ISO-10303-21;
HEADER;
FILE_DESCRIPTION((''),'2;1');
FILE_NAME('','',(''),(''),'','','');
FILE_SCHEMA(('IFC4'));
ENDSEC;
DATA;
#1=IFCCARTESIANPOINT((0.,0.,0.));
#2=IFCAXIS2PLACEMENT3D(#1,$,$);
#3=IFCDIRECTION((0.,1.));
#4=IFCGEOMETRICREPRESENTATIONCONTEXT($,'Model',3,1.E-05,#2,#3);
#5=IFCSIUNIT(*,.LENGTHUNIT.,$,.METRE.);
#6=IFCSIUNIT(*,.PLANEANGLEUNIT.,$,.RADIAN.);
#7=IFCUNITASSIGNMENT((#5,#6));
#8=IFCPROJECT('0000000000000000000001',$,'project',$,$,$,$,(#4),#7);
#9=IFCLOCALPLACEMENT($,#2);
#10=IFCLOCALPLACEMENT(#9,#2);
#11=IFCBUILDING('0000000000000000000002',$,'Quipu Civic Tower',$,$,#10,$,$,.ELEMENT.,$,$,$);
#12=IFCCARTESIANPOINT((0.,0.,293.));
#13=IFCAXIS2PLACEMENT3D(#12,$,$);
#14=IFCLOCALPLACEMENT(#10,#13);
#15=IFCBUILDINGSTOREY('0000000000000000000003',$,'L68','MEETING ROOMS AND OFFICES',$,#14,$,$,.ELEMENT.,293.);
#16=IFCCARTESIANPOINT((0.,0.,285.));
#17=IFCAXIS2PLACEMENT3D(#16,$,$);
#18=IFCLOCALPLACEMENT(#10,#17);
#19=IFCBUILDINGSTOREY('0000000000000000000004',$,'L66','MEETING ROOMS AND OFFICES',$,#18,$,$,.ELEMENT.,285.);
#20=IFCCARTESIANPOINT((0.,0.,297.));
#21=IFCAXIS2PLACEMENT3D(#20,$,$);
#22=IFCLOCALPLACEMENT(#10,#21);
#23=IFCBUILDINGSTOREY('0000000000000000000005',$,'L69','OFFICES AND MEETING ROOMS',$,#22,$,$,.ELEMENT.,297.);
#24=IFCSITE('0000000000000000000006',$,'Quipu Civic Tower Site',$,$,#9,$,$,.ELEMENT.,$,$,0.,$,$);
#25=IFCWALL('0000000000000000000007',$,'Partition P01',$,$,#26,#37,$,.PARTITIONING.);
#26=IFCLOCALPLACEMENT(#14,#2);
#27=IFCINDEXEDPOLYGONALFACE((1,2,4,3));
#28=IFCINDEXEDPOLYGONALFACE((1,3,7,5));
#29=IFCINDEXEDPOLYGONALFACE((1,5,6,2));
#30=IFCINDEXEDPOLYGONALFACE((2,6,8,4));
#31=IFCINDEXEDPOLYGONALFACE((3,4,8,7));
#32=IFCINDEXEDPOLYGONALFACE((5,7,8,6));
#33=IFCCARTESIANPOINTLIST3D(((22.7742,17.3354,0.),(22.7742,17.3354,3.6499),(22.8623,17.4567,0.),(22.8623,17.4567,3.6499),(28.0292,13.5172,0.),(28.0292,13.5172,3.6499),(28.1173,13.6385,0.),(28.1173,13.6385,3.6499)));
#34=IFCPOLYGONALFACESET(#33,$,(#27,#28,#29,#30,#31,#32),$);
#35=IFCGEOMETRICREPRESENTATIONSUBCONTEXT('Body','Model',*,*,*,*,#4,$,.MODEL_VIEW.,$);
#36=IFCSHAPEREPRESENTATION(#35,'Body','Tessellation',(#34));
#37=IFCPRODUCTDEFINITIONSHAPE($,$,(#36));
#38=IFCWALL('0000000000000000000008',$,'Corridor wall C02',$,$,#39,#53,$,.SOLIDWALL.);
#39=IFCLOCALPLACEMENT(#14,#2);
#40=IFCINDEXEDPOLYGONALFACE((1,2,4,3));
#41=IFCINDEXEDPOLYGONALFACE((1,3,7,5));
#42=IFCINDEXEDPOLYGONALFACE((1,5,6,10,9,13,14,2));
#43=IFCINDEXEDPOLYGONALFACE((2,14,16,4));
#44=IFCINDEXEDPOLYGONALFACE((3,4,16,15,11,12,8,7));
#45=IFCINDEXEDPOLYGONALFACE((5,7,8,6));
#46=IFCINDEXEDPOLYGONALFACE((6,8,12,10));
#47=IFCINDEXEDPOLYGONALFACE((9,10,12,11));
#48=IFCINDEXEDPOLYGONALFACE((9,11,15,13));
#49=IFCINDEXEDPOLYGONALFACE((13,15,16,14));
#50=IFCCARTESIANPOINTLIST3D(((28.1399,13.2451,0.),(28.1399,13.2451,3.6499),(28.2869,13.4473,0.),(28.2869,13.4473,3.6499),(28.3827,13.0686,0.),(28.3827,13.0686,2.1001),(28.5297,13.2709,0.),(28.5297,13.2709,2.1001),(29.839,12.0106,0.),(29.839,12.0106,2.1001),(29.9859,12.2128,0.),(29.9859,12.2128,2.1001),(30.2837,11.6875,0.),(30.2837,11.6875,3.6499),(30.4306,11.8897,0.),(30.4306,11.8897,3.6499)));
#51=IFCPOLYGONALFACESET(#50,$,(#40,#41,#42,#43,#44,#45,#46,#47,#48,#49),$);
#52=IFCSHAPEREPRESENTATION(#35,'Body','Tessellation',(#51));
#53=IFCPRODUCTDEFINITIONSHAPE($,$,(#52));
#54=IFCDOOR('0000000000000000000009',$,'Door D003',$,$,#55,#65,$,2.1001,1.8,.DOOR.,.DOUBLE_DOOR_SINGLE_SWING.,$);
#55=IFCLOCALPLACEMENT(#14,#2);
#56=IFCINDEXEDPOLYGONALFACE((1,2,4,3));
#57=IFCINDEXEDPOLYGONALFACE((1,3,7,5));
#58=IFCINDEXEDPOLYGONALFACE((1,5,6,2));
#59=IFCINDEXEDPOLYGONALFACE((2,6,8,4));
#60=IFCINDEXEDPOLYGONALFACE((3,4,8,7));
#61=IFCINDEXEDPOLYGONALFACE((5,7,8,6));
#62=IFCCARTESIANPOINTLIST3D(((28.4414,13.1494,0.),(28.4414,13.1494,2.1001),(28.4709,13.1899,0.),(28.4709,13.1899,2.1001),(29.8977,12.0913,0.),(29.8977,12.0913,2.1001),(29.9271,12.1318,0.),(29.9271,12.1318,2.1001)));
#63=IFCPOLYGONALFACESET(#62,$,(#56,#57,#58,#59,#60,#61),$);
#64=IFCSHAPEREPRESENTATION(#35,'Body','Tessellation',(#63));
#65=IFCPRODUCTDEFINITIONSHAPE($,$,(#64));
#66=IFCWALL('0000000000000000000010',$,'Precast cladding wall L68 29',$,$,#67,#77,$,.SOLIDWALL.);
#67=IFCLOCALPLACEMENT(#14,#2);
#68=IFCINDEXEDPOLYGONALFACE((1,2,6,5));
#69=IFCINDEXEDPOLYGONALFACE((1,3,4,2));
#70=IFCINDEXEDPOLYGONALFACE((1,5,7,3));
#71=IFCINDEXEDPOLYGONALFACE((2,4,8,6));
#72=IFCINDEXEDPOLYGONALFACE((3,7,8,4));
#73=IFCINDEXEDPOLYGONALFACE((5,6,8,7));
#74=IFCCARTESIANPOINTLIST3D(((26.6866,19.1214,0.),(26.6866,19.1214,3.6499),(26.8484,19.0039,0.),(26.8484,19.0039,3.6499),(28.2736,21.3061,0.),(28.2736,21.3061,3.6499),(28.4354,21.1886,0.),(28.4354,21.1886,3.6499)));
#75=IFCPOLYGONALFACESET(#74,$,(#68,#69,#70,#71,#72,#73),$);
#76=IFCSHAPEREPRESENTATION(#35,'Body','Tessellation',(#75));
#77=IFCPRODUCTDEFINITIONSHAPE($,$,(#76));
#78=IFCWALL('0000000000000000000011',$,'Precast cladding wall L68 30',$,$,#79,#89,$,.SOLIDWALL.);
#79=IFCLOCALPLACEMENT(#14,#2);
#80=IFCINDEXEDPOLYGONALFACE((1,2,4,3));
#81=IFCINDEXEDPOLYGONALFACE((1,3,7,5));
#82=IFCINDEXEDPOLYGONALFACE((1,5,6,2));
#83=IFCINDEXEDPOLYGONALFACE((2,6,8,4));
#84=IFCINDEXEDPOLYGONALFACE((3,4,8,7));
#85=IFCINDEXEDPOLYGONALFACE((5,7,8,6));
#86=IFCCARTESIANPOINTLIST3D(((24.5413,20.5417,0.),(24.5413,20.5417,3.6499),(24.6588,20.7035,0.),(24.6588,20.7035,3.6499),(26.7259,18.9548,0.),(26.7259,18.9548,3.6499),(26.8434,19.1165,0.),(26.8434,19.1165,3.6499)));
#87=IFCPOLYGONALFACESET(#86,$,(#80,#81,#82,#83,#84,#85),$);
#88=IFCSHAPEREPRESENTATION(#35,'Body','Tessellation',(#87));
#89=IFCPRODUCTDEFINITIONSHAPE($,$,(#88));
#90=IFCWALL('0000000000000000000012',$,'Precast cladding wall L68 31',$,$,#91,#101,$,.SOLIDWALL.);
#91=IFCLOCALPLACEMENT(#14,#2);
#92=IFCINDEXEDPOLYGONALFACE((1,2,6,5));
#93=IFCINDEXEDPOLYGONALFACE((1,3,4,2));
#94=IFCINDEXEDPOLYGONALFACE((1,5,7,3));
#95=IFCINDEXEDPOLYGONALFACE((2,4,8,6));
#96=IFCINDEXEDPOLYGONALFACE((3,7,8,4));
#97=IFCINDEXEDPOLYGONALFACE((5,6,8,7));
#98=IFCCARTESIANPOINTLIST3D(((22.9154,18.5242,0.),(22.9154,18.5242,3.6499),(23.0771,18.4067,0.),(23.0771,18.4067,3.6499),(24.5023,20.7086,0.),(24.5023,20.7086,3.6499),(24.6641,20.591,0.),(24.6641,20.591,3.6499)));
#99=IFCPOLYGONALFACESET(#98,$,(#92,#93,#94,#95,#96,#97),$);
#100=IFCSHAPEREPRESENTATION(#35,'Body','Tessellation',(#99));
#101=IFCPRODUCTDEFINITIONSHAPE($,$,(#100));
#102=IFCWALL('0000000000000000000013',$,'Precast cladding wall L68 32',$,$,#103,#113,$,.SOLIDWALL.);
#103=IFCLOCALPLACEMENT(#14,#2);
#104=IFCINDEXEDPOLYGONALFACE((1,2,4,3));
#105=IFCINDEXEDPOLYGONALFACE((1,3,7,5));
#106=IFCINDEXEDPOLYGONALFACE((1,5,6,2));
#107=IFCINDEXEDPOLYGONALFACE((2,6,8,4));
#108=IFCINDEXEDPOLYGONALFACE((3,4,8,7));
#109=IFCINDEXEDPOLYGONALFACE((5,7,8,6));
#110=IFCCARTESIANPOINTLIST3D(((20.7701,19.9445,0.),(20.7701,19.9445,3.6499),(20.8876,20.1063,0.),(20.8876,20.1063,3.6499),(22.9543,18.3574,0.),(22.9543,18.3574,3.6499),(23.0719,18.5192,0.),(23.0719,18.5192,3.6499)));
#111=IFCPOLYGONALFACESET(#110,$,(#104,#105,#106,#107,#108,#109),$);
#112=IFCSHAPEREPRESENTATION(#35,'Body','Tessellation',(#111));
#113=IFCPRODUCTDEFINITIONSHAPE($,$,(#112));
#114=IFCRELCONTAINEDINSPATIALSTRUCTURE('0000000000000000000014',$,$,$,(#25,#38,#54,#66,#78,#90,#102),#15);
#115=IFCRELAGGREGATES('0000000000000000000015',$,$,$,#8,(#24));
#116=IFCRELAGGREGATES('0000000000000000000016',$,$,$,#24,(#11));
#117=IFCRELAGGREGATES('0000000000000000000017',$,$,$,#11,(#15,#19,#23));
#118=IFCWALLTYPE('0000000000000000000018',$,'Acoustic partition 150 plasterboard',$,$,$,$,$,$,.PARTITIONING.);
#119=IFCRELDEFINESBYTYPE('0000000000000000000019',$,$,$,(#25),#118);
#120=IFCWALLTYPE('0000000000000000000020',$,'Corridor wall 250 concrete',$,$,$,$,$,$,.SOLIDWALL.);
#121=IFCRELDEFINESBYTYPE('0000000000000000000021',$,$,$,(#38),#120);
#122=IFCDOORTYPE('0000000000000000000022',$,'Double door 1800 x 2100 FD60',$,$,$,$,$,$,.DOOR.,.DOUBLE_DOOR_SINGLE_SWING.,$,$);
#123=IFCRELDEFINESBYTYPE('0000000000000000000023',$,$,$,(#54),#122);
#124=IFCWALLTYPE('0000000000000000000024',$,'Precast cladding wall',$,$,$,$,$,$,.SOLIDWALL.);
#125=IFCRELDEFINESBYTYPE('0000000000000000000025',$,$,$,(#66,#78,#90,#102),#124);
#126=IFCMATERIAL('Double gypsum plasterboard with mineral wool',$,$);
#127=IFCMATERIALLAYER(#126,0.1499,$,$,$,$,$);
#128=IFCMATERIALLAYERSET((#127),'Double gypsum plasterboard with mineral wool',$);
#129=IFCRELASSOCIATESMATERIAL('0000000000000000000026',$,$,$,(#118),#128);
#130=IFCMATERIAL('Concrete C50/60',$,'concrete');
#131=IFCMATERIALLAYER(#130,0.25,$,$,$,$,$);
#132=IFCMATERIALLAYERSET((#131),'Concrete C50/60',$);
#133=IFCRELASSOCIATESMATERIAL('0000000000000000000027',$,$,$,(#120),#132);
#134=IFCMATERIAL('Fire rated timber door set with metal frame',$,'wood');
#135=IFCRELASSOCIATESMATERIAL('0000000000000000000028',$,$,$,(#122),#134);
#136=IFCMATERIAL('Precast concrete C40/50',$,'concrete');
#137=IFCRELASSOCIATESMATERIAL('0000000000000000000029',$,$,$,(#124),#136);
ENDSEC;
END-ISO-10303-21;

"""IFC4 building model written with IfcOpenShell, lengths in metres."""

from ifc_helpers import new_model, si_unit, direction, frame, frame_2d, origin, place, context, subcontext, project, spatial, rectangle, extrude, material, layer, layer_set, type_object, element, fill, save


model = new_model("IFC4")

# Units and contexts
model_context = context("Model", 3, precision=1e-05, world=origin(), true_north=direction((0.0, 1.0)))
body_context = subcontext(model_context, "Body", "Model", "MODEL_VIEW")
ifc_project = project(units=[si_unit("LENGTHUNIT", "METRE"), si_unit("PLANEANGLEUNIT", "RADIAN")], contexts=[model_context])

# Site, building, storey
site_placement = place(None, origin())
site = spatial("IfcSite", under=ifc_project, at=site_placement, Name="Quipu Civic Tower Site", CompositionType="ELEMENT", RefElevation=0.0)
building_placement = place(site_placement, origin())
building = spatial("IfcBuilding", under=site, at=building_placement, Name="Quipu Civic Tower", CompositionType="ELEMENT")
storey_1_placement = place(building_placement, frame((0.0, 0.0, 293.0)))
storey_1 = spatial("IfcBuildingStorey", under=building, at=storey_1_placement, Name="L68", Description="MEETING ROOMS AND OFFICES", CompositionType="ELEMENT", Elevation=293.0)

# Shared definitions
storey_2_placement = place(building_placement, frame((0.0, 0.0, 285.0)))
storey_2 = spatial("IfcBuildingStorey", under=building, at=storey_2_placement, Name="L66", Description="MEETING ROOMS AND OFFICES", CompositionType="ELEMENT", Elevation=285.0)

# Shared definitions
storey_3_placement = place(building_placement, frame((0.0, 0.0, 297.0)))
storey_3 = spatial("IfcBuildingStorey", under=building, at=storey_3_placement, Name="L69", Description="OFFICES AND MEETING ROOMS", CompositionType="ELEMENT", Elevation=297.0)

# Wall
ifc_material_1 = material(Name="Double gypsum plasterboard with mineral wool")
ifc_layer_1 = layer(ifc_material_1, 0.1499)
ifc_layer_set_1 = layer_set([ifc_layer_1], Name="Double gypsum plasterboard with mineral wool")
wall_type_1 = type_object("IfcWallType", Name="Acoustic partition 150 plasterboard", PredefinedType="PARTITIONING", material=ifc_layer_set_1)
wall_1_placement = place(storey_1_placement, frame((28.0732, 13.5779, 0.0), z_axis=(0.0, 0.0, 1.0), x_axis=(-0.809001, 0.587807, 0.0)))
element("IfcWall", 1, at=wall_1_placement, inside=storey_1, type_object=wall_type_1, Name="Partition P01", PredefinedType="PARTITIONING", context=body_context, shape_type="SweptSolid", body=[
    extrude(rectangle(XDim=6.4956, YDim=0.1499, at=frame_2d((3.2478, 0.0))), origin(), (0.0, 0.0, 1.0), 3.6499),
])

# Wall, opening, door
ifc_material_2 = material(Name="Concrete C50/60", Category="concrete")
ifc_layer_2 = layer(ifc_material_2, 0.25)
ifc_layer_set_2 = layer_set([ifc_layer_2], Name="Concrete C50/60")
wall_type_2 = type_object("IfcWallType", Name="Corridor wall 250 concrete", PredefinedType="SOLIDWALL", material=ifc_layer_set_2)
wall_2_placement = place(storey_1_placement, frame((28.2134, 13.3462, 0.0), z_axis=(0.0, 0.0, 1.0), x_axis=(0.809007, -0.587799, 0.0)))
wall_2 = element("IfcWall", 2, at=wall_2_placement, inside=storey_1, type_object=wall_type_2, Name="Corridor wall C02", PredefinedType="SOLIDWALL", context=body_context, shape_type="SweptSolid", body=[
    extrude(rectangle(XDim=2.6499, YDim=0.25, at=frame_2d((1.325, 0.0))), origin(), (0.0, 0.0, 1.0), 3.6499),
])
opening_placement = place(wall_2_placement, frame((0.3003, 0.0, 0.0)))
opening = element("IfcOpeningElement", 3, at=opening_placement, cuts=wall_2, PredefinedType="OPENING", context=body_context, shape_type="SweptSolid", body=[
    extrude(rectangle(XDim=1.8, YDim=2.1001, at=frame_2d((0.8999, 1.05))), frame((0.0, 0.135, 0.0), z_axis=(0.0, -1.0, 0.0), x_axis=(1.0, 0.0, 0.0)), (0.0, 0.0, 1.0), 0.27),
])
ifc_material_3 = material(Name="Fire rated timber door set with metal frame", Category="wood")
door_type = type_object("IfcDoorType", Name="Double door 1800 x 2100 FD60", OperationType="DOUBLE_DOOR_SINGLE_SWING", PredefinedType="DOOR", material=ifc_material_3)
door_placement = place(opening_placement, origin())
door = element("IfcDoor", 4, at=door_placement, inside=storey_1, type_object=door_type, Name="Door D003", OperationType="DOUBLE_DOOR_SINGLE_SWING", OverallHeight=2.1001, OverallWidth=1.8, PredefinedType="DOOR", context=body_context, shape_type="SweptSolid", body=[
    extrude(rectangle(XDim=1.8, YDim=2.1001, at=frame_2d((0.8999, 1.05))), frame((0.0, 0.0249, 0.0), z_axis=(0.0, -1.0, 0.0), x_axis=(1.0, 0.0, 0.0)), (0.0, 0.0, 1.0), 0.05),
])
fill(opening, door)

# Walls
ifc_material_4 = material(Name="Precast concrete C40/50", Category="concrete")
wall_type_3 = type_object("IfcWallType", Name="Precast cladding wall", PredefinedType="SOLIDWALL", material=ifc_material_4)
for number, where, z_axis, x_axis, name in (
    (5, (28.3545, 21.2473, 0.0), (0.0, 0.0, 1.0), (-0.58772, -0.809064, 0.0), "Precast cladding wall L68 29"),
    (6, (26.7847, 19.0356, 0.0), (0.0, 0.0, 1.0), (-0.809064, 0.58772, 0.0), "Precast cladding wall L68 30"),
):
    element("IfcWall", number, at=place(storey_1_placement, frame(where, z_axis=z_axis, x_axis=x_axis)), inside=storey_1, type_object=wall_type_3, Name=name, PredefinedType="SOLIDWALL", context=body_context, shape_type="SweptSolid", body=[
        extrude(rectangle(XDim=2.7002, YDim=0.2, at=frame_2d((1.3501, 0.0))), origin(), (0.0, 0.0, 1.0), 3.6499),
    ])
for number, where, z_axis, x_axis, name in (
    (7, (24.5833, 20.6499, 0.0), (0.0, 0.0, 1.0), (-0.587763, -0.809033, 0.0), "Precast cladding wall L68 31"),
    (8, (23.0132, 18.4382, 0.0), (0.0, 0.0, 1.0), (-0.80899, 0.587822, 0.0), "Precast cladding wall L68 32"),
):
    element("IfcWall", number, at=place(storey_1_placement, frame(where, z_axis=z_axis, x_axis=x_axis)), inside=storey_1, type_object=wall_type_3, Name=name, PredefinedType="SOLIDWALL", context=body_context, shape_type="SweptSolid", body=[
        extrude(rectangle(XDim=2.7, YDim=0.2, at=frame_2d((1.3501, 0.0))), origin(), (0.0, 0.0, 1.0), 3.6499),
    ])

save(model, "model.ifc")
